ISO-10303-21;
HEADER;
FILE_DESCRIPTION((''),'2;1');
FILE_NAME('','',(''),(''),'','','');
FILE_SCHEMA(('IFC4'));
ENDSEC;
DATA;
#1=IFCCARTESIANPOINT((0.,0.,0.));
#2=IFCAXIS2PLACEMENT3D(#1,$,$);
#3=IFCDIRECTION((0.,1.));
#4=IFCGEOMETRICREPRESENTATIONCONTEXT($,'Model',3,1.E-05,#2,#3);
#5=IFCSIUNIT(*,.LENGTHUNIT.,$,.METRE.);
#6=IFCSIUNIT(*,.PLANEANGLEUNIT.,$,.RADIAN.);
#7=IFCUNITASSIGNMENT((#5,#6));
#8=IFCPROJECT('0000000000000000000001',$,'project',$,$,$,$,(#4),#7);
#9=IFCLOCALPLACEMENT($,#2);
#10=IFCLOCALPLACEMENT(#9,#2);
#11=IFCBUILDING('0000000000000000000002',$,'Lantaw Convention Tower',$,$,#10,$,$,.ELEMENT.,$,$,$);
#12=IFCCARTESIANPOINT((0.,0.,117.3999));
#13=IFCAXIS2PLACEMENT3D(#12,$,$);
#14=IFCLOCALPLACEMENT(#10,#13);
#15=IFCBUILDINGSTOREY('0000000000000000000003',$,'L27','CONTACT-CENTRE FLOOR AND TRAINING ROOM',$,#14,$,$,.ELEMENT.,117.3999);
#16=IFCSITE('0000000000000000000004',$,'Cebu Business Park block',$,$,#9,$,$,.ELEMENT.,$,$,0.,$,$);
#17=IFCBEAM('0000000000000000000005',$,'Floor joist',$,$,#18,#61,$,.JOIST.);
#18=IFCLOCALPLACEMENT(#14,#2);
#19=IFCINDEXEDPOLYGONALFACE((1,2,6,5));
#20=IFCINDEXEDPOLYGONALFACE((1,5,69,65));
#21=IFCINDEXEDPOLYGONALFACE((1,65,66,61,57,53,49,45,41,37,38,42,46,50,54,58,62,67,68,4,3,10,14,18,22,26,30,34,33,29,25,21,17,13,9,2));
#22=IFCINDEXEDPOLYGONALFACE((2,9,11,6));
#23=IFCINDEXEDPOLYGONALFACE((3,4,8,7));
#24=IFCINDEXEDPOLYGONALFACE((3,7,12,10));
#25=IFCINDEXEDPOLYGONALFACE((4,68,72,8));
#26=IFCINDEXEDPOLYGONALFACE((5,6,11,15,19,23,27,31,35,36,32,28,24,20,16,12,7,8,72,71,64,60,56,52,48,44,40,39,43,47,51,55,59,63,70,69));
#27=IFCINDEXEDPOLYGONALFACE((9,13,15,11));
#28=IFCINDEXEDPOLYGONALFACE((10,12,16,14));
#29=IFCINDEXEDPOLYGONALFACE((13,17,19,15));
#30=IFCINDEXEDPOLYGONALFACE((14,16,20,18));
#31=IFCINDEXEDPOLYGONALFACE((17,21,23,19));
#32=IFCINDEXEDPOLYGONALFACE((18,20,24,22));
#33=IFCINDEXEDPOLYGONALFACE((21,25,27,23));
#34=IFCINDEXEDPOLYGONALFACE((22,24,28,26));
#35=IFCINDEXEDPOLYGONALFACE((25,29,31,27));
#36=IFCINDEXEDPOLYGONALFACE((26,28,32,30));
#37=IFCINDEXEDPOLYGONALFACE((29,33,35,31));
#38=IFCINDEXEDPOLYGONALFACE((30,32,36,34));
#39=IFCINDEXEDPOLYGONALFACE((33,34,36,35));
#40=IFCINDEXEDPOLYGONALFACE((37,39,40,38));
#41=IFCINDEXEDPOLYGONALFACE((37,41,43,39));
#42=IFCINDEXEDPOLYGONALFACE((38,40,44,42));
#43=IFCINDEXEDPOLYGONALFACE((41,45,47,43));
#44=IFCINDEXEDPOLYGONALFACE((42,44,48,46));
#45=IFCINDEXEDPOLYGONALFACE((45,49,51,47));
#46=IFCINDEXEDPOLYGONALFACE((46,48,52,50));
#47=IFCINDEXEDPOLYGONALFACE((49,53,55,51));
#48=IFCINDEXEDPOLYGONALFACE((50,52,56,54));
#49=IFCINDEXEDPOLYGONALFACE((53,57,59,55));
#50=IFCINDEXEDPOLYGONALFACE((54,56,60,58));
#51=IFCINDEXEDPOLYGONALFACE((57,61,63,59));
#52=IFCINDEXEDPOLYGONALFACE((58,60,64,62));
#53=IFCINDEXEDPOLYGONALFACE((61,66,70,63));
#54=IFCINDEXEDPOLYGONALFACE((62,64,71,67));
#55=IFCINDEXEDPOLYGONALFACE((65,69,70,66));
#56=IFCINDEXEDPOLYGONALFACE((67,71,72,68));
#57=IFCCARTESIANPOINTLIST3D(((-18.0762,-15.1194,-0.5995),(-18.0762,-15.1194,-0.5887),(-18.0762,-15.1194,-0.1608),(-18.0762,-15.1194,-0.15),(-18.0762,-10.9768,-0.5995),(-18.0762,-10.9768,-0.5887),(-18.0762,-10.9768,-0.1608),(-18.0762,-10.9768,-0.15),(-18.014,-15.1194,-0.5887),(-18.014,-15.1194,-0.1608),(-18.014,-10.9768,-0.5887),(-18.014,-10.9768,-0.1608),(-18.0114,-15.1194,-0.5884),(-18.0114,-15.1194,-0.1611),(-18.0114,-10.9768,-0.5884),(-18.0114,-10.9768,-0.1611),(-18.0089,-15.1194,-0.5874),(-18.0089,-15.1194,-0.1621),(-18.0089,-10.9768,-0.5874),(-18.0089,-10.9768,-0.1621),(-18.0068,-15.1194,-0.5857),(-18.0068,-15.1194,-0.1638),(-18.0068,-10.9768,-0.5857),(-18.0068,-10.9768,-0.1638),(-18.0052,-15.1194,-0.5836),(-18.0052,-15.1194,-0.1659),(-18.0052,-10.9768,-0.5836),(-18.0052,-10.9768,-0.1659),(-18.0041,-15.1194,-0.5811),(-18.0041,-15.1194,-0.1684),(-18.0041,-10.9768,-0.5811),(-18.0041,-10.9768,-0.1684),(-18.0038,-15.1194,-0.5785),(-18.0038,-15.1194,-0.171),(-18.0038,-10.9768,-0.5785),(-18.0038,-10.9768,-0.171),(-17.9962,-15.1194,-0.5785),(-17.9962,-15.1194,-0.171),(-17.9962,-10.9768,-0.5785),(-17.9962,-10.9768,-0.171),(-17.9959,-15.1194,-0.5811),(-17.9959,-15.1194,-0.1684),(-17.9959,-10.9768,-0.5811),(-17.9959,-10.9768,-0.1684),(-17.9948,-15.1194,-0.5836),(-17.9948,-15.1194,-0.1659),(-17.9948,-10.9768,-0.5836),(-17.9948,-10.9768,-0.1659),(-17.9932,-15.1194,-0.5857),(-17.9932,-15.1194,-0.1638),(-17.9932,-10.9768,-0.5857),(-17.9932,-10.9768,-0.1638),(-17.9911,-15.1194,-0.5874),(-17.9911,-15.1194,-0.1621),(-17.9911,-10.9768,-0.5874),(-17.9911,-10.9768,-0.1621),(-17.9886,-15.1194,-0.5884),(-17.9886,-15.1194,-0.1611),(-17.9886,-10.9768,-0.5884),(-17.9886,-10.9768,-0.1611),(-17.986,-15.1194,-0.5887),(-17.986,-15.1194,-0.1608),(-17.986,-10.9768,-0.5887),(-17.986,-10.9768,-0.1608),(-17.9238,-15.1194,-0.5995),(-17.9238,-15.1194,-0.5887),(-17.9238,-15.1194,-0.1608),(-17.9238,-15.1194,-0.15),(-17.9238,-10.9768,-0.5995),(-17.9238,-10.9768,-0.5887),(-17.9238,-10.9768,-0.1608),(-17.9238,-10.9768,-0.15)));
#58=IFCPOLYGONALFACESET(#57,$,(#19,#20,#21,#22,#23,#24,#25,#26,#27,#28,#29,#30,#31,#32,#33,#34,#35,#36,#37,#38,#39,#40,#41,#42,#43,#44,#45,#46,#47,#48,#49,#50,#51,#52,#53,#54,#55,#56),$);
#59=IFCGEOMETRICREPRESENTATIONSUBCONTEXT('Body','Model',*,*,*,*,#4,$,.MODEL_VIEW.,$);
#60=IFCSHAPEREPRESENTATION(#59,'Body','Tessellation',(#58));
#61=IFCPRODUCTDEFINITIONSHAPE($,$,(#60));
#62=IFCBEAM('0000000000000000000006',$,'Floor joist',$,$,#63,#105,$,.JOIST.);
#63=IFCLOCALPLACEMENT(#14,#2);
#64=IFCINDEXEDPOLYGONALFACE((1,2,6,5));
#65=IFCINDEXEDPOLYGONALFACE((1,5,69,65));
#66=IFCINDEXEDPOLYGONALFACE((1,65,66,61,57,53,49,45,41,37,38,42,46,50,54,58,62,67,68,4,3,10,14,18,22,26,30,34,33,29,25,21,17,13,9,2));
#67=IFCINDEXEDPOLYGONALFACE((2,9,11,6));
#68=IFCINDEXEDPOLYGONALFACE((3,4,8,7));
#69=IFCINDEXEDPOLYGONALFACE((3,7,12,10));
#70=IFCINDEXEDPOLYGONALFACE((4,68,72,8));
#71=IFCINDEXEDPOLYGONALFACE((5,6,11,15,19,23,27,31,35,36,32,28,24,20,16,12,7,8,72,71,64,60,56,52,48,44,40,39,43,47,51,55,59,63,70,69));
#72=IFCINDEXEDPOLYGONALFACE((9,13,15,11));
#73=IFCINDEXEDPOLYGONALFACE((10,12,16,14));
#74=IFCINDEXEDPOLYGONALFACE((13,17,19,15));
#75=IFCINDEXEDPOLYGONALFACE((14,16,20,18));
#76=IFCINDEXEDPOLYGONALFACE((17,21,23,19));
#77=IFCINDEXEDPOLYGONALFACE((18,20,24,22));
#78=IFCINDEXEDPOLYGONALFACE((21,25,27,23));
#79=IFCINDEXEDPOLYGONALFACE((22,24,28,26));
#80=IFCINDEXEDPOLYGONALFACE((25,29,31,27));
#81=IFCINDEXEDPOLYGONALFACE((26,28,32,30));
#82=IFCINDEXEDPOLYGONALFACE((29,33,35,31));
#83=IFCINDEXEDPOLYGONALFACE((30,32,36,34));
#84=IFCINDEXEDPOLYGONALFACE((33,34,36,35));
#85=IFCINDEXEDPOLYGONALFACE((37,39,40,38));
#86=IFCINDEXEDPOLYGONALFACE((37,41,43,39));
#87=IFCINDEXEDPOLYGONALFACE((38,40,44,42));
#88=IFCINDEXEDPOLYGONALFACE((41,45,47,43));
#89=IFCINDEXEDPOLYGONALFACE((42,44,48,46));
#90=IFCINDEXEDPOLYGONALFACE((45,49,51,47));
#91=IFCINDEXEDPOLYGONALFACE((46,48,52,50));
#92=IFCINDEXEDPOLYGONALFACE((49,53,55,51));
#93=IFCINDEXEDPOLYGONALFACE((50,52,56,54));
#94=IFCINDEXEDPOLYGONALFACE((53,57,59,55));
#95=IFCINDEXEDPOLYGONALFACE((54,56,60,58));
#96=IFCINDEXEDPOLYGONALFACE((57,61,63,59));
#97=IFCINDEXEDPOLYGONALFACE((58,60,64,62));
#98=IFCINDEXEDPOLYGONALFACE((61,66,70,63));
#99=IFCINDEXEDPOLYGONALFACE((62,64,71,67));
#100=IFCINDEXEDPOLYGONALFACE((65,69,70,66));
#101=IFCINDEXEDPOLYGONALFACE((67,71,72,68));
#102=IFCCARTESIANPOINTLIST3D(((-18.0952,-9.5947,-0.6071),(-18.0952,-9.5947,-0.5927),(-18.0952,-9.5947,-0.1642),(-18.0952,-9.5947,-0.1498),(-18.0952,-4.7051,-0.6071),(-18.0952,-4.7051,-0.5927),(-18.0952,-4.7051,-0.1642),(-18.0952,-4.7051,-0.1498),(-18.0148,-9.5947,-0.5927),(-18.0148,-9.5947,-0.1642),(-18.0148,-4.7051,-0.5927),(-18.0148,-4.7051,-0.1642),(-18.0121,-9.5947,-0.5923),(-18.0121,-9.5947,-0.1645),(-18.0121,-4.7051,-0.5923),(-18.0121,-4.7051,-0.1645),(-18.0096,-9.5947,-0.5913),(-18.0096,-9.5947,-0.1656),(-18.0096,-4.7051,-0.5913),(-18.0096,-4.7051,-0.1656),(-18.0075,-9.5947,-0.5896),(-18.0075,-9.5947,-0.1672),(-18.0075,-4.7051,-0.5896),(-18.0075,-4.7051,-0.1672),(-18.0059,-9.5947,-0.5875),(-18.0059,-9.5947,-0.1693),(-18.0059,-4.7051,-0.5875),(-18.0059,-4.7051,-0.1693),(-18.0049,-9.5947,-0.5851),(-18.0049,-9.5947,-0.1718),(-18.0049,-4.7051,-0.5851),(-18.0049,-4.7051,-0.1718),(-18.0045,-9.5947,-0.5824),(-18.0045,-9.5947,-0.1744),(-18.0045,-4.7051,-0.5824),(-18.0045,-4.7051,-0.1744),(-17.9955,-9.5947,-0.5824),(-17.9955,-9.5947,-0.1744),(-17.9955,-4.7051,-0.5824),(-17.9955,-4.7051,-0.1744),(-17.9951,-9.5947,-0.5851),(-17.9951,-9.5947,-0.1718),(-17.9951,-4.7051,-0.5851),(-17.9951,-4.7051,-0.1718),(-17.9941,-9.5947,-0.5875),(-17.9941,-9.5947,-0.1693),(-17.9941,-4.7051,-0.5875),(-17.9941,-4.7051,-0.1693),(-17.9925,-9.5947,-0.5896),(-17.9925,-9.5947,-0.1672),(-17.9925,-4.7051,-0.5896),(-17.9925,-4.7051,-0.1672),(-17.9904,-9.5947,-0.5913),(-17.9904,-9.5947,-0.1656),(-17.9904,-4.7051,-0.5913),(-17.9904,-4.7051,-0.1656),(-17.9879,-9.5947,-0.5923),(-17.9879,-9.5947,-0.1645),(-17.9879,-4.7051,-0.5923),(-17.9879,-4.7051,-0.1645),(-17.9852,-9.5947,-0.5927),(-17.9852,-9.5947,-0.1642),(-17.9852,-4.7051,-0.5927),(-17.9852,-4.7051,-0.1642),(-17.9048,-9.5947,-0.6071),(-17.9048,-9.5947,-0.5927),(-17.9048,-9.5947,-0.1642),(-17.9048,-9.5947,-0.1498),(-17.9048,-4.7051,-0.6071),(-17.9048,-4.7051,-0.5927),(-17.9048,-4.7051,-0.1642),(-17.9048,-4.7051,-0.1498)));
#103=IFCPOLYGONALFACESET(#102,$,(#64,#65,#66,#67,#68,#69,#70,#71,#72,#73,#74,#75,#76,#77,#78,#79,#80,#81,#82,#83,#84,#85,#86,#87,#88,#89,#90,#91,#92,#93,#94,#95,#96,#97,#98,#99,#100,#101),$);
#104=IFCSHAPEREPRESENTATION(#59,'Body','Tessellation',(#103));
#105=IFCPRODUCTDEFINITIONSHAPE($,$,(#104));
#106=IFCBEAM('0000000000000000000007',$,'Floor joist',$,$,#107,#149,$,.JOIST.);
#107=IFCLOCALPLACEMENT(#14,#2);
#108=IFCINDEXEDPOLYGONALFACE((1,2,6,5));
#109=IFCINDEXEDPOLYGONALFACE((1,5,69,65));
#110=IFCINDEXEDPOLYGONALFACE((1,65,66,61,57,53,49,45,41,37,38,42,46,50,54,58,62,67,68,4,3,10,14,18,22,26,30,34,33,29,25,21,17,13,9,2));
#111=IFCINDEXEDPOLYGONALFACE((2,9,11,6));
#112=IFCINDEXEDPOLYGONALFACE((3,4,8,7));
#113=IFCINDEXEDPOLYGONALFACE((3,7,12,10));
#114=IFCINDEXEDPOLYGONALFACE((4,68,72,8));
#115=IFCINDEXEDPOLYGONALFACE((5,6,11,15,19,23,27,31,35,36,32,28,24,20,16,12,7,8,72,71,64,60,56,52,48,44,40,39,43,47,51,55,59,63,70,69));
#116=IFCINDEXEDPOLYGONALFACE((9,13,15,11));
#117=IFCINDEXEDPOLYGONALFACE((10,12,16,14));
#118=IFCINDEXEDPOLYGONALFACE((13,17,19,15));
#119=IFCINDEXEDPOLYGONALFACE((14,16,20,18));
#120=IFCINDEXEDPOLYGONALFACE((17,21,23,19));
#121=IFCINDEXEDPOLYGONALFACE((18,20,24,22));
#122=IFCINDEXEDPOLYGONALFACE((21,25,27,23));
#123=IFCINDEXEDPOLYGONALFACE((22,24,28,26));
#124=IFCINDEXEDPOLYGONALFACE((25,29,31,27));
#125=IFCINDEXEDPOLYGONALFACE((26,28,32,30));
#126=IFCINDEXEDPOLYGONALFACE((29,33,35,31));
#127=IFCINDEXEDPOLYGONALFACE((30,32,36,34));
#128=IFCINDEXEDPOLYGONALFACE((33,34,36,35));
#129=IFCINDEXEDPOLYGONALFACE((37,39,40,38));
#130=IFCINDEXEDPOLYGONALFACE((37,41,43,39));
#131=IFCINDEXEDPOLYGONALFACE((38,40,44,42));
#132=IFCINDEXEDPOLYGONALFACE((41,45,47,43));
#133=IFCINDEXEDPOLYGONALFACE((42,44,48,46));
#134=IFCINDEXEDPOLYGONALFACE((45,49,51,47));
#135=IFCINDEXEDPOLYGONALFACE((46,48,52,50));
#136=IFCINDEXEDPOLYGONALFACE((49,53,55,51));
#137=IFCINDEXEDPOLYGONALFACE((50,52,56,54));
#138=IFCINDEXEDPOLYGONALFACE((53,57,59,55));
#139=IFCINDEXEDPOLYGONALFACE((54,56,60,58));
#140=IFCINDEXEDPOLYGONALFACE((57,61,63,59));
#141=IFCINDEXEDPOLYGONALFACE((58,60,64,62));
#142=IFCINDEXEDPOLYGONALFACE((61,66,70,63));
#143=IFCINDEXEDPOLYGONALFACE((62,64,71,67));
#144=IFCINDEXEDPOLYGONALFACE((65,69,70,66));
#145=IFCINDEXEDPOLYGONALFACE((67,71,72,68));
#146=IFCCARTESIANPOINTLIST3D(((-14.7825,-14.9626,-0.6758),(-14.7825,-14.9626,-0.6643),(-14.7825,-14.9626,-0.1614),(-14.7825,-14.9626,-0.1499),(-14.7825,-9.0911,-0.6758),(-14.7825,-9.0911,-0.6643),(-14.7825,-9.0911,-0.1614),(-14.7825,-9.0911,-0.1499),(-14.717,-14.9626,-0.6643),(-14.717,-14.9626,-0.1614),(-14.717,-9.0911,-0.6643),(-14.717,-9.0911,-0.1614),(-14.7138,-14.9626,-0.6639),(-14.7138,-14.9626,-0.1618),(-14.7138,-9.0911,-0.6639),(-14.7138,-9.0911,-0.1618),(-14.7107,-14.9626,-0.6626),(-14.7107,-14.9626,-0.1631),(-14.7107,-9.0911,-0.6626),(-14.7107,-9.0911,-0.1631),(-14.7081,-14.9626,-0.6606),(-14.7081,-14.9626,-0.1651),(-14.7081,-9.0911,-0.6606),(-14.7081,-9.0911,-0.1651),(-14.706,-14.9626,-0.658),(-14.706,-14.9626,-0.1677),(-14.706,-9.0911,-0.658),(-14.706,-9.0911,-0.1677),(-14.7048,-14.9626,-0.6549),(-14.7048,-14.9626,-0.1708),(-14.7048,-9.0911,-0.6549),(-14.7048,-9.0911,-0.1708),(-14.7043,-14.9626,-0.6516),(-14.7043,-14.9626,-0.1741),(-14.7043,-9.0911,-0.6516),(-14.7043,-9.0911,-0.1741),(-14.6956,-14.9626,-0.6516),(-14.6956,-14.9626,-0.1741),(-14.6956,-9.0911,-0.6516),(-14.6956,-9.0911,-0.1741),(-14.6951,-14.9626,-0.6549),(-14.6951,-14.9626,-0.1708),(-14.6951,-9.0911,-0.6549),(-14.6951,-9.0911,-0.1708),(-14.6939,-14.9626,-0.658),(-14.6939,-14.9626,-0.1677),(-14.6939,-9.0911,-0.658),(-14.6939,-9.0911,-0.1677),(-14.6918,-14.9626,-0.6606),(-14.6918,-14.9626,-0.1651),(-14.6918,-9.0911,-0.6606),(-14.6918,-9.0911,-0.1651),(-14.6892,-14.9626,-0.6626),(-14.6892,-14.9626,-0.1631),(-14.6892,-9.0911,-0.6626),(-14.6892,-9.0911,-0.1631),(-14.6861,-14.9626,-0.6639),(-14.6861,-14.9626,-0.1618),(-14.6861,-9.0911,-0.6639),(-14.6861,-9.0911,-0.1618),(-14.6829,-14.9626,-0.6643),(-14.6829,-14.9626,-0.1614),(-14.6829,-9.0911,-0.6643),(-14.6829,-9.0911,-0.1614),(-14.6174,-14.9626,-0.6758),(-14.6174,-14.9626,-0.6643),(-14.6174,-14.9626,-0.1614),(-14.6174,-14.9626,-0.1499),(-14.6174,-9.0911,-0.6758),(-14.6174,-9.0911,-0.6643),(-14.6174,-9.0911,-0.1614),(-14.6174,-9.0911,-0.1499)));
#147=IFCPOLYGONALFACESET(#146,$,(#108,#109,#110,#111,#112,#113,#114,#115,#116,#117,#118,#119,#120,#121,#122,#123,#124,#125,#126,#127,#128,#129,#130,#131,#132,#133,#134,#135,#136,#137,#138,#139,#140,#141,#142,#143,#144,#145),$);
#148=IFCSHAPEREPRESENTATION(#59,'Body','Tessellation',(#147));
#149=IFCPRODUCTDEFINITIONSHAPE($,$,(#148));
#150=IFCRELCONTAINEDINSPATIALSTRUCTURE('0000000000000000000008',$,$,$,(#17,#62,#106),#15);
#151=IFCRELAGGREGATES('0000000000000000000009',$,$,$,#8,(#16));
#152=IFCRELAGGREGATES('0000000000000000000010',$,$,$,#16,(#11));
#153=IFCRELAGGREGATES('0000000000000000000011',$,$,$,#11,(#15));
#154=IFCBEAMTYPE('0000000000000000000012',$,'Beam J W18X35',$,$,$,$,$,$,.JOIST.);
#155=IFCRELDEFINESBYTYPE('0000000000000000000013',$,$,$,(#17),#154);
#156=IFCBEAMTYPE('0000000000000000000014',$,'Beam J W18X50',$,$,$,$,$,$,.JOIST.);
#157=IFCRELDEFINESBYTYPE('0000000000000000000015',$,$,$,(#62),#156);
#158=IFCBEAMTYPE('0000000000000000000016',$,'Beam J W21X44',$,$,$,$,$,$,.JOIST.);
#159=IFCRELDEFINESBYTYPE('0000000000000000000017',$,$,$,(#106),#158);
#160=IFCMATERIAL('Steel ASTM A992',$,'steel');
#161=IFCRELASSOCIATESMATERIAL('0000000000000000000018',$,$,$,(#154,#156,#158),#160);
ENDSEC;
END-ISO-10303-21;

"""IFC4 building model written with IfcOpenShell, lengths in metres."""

from ifc_helpers import new_model, si_unit, direction, frame, origin, origin_2d, place, context, subcontext, project, spatial, i_section, extrude, material, material_profile, profile_set, type_object, element, save


model = new_model("IFC4")

# Units and contexts
model_context = context("Model", 3, precision=1e-05, world=origin(), true_north=direction((0.0, 1.0)))
body_context = subcontext(model_context, "Body", "Model", "MODEL_VIEW")
ifc_project = project(units=[si_unit("LENGTHUNIT", "METRE"), si_unit("PLANEANGLEUNIT", "RADIAN")], contexts=[model_context])

# Site, building, storey
site_placement = place(None, origin())
site = spatial("IfcSite", under=ifc_project, at=site_placement, Name="Cebu Business Park block", CompositionType="ELEMENT", RefElevation=0.0)
building_placement = place(site_placement, origin())
building = spatial("IfcBuilding", under=site, at=building_placement, Name="Lantaw Convention Tower", CompositionType="ELEMENT")
storey_placement = place(building_placement, frame((0.0, 0.0, 117.3999)))
storey = spatial("IfcBuildingStorey", under=building, at=storey_placement, Name="L27", Description="CONTACT-CENTRE FLOOR AND TRAINING ROOM", CompositionType="ELEMENT", Elevation=117.3999)

# Beams
ifc_material_1 = material(Name="Steel ASTM A992", Category="steel")
ifc_material_profile_1 = material_profile(ifc_material_1, i_section(OverallWidth=0.1523, OverallDepth=0.4495, WebThickness=0.0076, FlangeThickness=0.0107, FilletRadius=0.0103, at=origin_2d()), Name="W18X35")
ifc_profile_set_1 = profile_set([ifc_material_profile_1], Name="Steel ASTM A992")
beam_type_1 = type_object("IfcBeamType", Name="Beam J W18X35", PredefinedType="JOIST", material=ifc_profile_set_1)
beam_1_placement = place(storey_placement, frame((-18.0, -15.1194, -0.3748), z_axis=(0.0, 1.0, 0.0), x_axis=(-1.0, 0.0, 0.0)))
element("IfcBeam", 1, at=beam_1_placement, inside=storey, type_object=beam_type_1, Name="Floor joist", PredefinedType="JOIST", context=body_context, shape_type="SweptSolid", body=[
    extrude(i_section(OverallWidth=0.1523, OverallDepth=0.4495, WebThickness=0.0076, FlangeThickness=0.0107, FilletRadius=0.0103, at=origin_2d()), origin(), (0.0, 0.0, 1.0), 4.1426),
])
ifc_material_profile_2 = material_profile(ifc_material_1, i_section(OverallWidth=0.1904, OverallDepth=0.4573, WebThickness=0.009, FlangeThickness=0.0144, FilletRadius=0.0103, at=origin_2d()), Name="W18X50")
ifc_profile_set_2 = profile_set([ifc_material_profile_2], Name="Steel ASTM A992")
beam_type_2 = type_object("IfcBeamType", Name="Beam J W18X50", PredefinedType="JOIST", material=ifc_profile_set_2)
beam_2_placement = place(storey_placement, frame((-18.0, -9.5947, -0.3784), z_axis=(0.0, 1.0, 0.0), x_axis=(-1.0, 0.0, 0.0)))
element("IfcBeam", 2, at=beam_2_placement, inside=storey, type_object=beam_type_2, Name="Floor joist", PredefinedType="JOIST", context=body_context, shape_type="SweptSolid", body=[
    extrude(i_section(OverallWidth=0.1904, OverallDepth=0.4573, WebThickness=0.009, FlangeThickness=0.0144, FilletRadius=0.0103, at=origin_2d()), origin(), (0.0, 0.0, 1.0), 4.8896),
])
ifc_material_profile_3 = material_profile(ifc_material_1, i_section(OverallWidth=0.165, OverallDepth=0.5259, WebThickness=0.0088, FlangeThickness=0.0115, FilletRadius=0.0127, at=origin_2d()), Name="W21X44")
ifc_profile_set_3 = profile_set([ifc_material_profile_3], Name="Steel ASTM A992")
beam_type_3 = type_object("IfcBeamType", Name="Beam J W21X44", PredefinedType="JOIST", material=ifc_profile_set_3)
beam_3_placement = place(storey_placement, frame((-14.7, -14.9626, -0.4128), z_axis=(0.0, 1.0, 0.0), x_axis=(-1.0, 0.0, 0.0)))
element("IfcBeam", 3, at=beam_3_placement, inside=storey, type_object=beam_type_3, Name="Floor joist", PredefinedType="JOIST", context=body_context, shape_type="SweptSolid", body=[
    extrude(i_section(OverallWidth=0.165, OverallDepth=0.5259, WebThickness=0.0088, FlangeThickness=0.0115, FilletRadius=0.0127, at=origin_2d()), origin(), (0.0, 0.0, 1.0), 5.8716),
])

save(model, "model.ifc")
